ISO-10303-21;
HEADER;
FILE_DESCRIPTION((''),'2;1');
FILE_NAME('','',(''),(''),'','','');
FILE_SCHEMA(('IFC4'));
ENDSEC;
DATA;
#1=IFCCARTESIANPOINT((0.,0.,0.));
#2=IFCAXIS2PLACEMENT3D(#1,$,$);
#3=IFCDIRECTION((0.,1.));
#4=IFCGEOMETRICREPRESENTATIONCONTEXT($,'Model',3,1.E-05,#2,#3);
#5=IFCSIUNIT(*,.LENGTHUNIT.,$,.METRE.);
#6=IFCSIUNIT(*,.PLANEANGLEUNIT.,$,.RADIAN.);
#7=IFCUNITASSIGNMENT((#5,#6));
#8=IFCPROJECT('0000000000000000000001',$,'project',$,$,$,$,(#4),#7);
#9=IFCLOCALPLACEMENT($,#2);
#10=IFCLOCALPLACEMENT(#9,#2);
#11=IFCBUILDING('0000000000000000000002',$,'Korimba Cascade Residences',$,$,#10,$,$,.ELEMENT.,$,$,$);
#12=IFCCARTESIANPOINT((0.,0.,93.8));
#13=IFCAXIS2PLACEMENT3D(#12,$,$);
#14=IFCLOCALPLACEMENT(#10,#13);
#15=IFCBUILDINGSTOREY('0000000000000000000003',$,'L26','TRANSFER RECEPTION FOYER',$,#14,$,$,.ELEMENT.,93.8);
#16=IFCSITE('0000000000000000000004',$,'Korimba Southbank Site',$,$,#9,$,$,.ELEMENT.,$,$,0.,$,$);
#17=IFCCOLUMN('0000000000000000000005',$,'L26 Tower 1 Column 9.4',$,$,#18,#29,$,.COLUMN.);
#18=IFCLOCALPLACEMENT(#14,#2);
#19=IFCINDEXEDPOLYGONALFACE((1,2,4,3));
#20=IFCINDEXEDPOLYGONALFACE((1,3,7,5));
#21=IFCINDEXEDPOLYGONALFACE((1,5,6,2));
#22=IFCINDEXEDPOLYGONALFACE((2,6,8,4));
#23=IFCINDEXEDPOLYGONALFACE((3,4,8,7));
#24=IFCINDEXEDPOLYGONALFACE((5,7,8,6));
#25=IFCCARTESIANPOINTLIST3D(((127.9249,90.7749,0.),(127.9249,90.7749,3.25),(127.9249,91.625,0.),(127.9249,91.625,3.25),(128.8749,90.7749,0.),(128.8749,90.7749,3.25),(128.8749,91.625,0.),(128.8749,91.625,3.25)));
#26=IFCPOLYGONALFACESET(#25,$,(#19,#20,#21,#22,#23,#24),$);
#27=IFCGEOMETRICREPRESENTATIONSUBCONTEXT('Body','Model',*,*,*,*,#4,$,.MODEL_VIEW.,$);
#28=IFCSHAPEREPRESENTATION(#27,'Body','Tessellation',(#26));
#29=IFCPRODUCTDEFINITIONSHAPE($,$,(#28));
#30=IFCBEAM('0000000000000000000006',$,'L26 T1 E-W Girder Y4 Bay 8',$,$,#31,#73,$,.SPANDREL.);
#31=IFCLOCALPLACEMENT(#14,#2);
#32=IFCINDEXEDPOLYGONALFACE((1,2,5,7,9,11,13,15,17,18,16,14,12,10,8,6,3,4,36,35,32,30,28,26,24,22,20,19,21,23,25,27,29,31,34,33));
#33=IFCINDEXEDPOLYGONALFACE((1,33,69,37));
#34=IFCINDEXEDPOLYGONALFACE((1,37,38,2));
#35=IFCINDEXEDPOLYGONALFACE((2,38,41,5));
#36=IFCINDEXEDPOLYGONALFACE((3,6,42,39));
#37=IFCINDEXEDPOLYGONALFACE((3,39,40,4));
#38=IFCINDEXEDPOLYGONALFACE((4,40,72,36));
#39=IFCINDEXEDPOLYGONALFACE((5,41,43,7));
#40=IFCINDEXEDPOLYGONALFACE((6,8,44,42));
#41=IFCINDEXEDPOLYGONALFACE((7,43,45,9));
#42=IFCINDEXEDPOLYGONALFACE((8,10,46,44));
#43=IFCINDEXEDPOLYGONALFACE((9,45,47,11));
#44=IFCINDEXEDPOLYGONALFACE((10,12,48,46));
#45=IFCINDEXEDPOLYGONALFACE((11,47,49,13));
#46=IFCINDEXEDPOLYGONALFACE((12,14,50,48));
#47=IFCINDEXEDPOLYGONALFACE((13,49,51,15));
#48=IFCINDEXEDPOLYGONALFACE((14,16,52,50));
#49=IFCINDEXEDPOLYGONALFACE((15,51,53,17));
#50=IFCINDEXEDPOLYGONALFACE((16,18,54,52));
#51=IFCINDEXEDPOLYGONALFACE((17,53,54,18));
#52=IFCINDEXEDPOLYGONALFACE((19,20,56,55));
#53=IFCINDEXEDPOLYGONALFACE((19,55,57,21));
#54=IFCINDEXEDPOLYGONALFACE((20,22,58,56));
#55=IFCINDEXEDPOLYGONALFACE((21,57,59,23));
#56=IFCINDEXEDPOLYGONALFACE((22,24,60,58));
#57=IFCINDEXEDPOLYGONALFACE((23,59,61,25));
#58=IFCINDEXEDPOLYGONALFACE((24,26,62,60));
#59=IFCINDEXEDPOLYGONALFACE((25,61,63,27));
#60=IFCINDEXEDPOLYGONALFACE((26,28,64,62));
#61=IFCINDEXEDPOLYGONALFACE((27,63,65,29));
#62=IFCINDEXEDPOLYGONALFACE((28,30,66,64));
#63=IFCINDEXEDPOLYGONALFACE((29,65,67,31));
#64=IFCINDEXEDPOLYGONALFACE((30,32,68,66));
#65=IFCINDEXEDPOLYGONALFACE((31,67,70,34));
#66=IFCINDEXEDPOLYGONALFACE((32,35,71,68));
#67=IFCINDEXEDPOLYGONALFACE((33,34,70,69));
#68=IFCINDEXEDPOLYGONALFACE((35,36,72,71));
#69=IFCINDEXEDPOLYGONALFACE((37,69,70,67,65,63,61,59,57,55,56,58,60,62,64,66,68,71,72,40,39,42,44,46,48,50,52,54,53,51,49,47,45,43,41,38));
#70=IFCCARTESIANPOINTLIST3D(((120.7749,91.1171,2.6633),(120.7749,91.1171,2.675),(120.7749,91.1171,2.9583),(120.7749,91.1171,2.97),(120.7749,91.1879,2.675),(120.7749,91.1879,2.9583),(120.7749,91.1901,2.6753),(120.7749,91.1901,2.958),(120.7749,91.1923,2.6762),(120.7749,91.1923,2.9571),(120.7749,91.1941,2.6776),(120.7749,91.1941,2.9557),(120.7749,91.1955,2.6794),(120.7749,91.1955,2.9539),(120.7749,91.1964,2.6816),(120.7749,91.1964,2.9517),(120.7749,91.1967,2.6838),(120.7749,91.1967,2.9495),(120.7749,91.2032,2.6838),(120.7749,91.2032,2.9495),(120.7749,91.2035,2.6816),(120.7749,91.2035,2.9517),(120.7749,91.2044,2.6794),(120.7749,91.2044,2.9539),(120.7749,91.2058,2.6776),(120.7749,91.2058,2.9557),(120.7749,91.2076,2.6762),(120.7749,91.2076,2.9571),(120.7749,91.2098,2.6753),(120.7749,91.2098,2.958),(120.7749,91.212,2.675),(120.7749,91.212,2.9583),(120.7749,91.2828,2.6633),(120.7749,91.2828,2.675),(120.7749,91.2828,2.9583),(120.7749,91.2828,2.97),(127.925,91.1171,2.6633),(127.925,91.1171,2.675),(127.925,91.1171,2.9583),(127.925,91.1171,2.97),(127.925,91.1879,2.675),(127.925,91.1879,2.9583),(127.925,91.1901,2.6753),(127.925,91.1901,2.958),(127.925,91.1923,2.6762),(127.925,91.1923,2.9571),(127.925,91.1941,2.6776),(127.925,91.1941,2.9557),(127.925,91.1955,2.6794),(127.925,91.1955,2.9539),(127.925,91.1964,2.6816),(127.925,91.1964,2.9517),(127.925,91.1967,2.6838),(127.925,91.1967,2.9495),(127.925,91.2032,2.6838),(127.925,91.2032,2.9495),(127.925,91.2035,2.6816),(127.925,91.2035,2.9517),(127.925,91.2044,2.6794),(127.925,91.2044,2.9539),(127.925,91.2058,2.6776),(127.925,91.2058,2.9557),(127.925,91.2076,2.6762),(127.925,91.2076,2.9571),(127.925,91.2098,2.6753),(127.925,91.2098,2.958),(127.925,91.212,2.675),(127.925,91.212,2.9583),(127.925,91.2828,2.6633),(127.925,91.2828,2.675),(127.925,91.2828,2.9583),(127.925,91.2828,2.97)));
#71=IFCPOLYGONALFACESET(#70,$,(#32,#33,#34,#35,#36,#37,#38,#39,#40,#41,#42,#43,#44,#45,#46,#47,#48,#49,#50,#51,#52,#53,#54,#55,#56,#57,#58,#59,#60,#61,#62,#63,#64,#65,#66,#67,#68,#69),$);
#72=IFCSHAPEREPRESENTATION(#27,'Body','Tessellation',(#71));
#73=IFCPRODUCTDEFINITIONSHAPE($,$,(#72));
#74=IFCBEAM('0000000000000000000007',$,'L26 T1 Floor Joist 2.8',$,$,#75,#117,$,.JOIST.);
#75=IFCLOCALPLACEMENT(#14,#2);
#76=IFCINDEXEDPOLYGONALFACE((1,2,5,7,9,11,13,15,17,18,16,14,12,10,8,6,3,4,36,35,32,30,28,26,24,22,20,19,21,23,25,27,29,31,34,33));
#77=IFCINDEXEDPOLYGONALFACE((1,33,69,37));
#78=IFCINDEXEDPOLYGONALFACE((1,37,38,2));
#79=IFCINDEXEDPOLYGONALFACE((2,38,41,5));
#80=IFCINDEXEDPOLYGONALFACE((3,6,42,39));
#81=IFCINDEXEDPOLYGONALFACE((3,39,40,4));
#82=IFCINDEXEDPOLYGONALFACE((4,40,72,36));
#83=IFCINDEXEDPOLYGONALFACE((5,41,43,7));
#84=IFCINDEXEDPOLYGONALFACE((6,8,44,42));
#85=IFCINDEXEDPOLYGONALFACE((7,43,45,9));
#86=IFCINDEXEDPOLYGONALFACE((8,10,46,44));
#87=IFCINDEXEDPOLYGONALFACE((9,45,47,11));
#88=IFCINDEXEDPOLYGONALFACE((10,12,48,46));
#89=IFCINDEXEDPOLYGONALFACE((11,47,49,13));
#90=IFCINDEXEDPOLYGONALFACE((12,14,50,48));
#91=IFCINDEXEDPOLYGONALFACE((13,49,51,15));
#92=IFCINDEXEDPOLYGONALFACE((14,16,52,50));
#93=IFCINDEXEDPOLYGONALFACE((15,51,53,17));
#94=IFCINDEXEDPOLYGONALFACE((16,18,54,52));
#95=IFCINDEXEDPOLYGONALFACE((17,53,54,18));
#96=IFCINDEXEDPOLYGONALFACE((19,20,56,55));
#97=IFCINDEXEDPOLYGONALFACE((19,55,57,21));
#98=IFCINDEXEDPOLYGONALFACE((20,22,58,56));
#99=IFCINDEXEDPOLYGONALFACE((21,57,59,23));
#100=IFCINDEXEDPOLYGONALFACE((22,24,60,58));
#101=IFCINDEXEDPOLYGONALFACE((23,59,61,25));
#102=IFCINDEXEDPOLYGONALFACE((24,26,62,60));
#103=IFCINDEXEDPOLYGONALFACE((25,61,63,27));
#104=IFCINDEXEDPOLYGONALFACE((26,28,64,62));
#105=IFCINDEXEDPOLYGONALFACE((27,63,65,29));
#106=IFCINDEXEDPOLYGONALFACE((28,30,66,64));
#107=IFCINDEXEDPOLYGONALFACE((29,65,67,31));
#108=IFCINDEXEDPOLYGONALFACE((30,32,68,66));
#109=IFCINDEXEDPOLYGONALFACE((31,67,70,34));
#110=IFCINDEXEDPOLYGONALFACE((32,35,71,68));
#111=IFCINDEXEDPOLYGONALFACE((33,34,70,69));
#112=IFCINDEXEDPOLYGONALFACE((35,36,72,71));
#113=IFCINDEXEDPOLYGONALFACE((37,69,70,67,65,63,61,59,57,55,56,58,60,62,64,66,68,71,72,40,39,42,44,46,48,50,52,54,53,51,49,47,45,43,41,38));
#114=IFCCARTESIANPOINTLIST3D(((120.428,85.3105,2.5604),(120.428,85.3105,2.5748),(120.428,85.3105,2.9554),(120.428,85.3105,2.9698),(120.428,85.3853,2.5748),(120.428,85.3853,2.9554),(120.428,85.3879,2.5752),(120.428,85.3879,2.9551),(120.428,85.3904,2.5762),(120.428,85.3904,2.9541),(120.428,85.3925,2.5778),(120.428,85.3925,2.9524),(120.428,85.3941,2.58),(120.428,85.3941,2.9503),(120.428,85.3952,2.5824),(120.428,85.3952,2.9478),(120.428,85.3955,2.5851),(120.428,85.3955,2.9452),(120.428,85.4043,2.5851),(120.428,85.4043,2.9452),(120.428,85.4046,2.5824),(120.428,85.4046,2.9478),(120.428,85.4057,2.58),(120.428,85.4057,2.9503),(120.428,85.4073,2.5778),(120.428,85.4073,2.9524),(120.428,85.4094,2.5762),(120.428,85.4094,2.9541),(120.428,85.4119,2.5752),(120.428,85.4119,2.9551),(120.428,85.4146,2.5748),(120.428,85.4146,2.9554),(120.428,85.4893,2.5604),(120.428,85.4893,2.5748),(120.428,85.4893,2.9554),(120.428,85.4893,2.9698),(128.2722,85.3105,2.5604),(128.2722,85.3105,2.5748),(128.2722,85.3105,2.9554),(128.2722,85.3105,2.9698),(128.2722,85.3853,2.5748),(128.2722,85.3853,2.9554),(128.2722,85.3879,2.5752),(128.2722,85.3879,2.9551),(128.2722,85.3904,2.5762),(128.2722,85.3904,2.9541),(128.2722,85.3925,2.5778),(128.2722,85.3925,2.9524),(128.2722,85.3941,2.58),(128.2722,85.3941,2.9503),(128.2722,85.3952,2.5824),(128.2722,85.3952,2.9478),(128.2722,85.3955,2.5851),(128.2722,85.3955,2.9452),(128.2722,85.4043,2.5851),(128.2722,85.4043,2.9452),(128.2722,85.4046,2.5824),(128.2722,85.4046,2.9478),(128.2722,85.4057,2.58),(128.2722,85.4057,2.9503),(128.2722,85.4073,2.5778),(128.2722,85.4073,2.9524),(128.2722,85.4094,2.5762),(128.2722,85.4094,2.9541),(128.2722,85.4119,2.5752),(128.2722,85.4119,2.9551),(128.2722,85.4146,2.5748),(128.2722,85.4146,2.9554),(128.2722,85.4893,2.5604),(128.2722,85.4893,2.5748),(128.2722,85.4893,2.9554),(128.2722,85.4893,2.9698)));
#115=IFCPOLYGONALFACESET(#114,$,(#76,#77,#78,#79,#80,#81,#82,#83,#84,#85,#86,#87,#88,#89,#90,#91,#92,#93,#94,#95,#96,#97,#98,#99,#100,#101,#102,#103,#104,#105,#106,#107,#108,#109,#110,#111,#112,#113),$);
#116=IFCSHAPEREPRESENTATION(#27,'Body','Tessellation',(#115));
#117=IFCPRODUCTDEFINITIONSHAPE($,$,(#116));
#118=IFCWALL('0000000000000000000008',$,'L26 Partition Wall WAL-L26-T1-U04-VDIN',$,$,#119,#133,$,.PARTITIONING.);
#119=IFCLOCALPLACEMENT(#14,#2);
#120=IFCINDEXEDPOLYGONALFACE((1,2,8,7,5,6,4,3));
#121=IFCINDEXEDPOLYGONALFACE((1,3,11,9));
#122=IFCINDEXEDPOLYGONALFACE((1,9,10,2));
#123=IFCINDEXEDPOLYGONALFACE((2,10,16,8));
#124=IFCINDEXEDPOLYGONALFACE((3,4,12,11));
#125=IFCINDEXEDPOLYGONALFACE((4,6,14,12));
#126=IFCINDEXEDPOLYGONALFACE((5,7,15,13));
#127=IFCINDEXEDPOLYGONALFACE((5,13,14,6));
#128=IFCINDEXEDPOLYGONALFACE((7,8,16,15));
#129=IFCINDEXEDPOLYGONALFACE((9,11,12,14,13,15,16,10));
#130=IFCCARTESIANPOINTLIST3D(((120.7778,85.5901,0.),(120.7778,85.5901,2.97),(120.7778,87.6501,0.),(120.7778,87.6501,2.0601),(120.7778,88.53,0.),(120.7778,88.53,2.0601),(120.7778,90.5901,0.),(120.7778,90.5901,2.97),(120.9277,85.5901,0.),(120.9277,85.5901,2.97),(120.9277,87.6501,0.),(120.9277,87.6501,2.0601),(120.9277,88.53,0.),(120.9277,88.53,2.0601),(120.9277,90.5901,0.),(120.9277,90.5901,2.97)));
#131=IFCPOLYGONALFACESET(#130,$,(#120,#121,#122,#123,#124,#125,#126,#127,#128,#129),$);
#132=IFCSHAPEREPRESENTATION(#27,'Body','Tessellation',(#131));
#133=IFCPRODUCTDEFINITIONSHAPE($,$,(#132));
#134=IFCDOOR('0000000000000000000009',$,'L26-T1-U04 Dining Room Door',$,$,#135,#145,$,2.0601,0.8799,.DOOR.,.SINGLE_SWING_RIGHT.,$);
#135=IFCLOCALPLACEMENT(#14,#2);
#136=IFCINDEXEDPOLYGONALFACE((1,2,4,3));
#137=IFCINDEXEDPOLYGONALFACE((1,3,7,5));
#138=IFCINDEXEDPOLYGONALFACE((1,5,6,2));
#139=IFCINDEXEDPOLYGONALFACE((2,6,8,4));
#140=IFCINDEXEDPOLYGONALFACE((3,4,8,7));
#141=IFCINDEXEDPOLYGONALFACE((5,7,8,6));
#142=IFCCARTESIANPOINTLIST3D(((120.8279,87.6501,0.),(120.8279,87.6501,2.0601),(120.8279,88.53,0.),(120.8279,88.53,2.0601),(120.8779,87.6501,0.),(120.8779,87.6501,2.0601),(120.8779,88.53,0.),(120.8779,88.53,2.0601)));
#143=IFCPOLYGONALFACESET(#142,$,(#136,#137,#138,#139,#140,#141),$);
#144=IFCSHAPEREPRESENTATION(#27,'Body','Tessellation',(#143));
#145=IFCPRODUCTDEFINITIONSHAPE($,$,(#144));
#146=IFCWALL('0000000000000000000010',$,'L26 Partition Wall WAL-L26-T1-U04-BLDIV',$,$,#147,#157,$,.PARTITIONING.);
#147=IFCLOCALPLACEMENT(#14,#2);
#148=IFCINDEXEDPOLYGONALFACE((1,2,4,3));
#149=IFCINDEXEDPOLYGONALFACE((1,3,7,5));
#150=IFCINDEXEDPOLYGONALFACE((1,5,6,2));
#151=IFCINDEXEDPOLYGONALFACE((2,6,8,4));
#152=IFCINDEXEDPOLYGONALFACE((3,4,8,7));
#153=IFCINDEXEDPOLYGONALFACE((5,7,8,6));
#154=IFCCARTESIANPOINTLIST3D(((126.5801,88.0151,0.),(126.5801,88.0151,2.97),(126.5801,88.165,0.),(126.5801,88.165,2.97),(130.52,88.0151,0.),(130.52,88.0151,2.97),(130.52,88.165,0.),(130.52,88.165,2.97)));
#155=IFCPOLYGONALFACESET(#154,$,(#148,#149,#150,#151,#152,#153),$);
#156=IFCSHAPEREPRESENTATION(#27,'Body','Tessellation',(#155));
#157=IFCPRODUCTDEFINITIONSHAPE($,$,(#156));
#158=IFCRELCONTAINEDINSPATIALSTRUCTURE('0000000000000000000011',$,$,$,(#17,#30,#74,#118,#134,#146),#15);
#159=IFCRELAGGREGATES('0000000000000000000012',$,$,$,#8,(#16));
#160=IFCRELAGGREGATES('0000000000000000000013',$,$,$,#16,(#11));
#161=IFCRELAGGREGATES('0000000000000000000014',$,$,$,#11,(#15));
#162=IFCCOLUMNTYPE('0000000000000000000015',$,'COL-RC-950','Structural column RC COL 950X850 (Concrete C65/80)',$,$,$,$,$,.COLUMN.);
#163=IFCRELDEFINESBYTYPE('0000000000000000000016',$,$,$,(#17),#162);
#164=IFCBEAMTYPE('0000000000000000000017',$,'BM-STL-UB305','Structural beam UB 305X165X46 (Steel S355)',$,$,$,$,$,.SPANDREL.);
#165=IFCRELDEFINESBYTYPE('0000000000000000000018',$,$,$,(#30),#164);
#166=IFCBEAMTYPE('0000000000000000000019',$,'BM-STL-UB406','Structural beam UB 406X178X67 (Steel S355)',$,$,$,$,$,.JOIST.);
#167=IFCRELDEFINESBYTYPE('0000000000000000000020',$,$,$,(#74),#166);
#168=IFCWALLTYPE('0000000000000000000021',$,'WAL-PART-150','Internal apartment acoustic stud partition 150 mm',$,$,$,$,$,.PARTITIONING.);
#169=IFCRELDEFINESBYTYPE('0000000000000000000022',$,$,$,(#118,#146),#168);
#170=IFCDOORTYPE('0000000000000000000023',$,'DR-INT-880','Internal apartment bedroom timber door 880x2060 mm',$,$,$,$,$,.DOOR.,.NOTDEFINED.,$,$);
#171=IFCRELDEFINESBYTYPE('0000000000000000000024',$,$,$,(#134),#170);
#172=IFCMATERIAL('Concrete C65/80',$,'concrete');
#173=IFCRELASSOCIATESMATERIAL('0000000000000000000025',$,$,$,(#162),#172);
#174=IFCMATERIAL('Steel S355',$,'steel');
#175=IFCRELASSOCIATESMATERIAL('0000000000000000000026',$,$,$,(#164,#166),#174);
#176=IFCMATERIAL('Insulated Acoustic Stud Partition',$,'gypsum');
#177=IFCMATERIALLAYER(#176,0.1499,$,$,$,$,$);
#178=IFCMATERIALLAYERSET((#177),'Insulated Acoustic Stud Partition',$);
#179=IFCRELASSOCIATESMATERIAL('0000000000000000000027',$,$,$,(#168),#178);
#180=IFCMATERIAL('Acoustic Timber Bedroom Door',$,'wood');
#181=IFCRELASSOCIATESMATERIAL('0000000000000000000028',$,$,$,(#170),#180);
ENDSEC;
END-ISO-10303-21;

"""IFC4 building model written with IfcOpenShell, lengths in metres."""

from ifc_helpers import new_model, si_unit, direction, frame, frame_2d, origin, origin_2d, place, context, subcontext, project, spatial, rectangle, i_section, extrude, material, layer, layer_set, material_profile, profile_set, type_object, element, fill, save


model = new_model("IFC4")

# Units and contexts
model_context = context("Model", 3, precision=1e-05, world=origin(), true_north=direction((0.0, 1.0)))
body_context = subcontext(model_context, "Body", "Model", "MODEL_VIEW")
ifc_project = project(units=[si_unit("LENGTHUNIT", "METRE"), si_unit("PLANEANGLEUNIT", "RADIAN")], contexts=[model_context])

# Site, building, storey
site_placement = place(None, origin())
site = spatial("IfcSite", under=ifc_project, at=site_placement, Name="Korimba Southbank Site", CompositionType="ELEMENT", RefElevation=0.0)
building_placement = place(site_placement, origin())
building = spatial("IfcBuilding", under=site, at=building_placement, Name="Korimba Cascade Residences", CompositionType="ELEMENT")
storey_placement = place(building_placement, frame((0.0, 0.0, 93.8)))
storey = spatial("IfcBuildingStorey", under=building, at=storey_placement, Name="L26", Description="TRANSFER RECEPTION FOYER", CompositionType="ELEMENT", Elevation=93.8)

# Column
ifc_material_1 = material(Name="Concrete C65/80", Category="concrete")
ifc_material_profile_1 = material_profile(ifc_material_1, rectangle(XDim=0.95, YDim=0.8501, at=origin_2d()), Name="Concrete C65/80")
ifc_profile_set_1 = profile_set([ifc_material_profile_1], Name="Concrete C65/80")
column_type = type_object("IfcColumnType", Name="COL-RC-950", Description="Structural column RC COL 950X850 (Concrete C65/80)", PredefinedType="COLUMN", material=ifc_profile_set_1)
column_placement = place(storey_placement, frame((128.3999, 91.2, 0.0), z_axis=(0.0, 0.0, 1.0), x_axis=(1.0, 0.0, 0.0)))
element("IfcColumn", 1, at=column_placement, inside=storey, type_object=column_type, Name="L26 Tower 1 Column 9.4", PredefinedType="COLUMN", context=body_context, shape_type="SweptSolid", body=[
    extrude(rectangle(XDim=0.95, YDim=0.8501, at=origin_2d()), origin(), (0.0, 0.0, 1.0), 3.25),
])

# Beams
ifc_material_2 = material(Name="Steel S355", Category="steel")
ifc_material_profile_2 = material_profile(ifc_material_2, i_section(OverallWidth=0.1658, OverallDepth=0.3066, WebThickness=0.0066, FlangeThickness=0.0117, FilletRadius=0.0088, at=origin_2d()), Name="Steel S355")
ifc_profile_set_2 = profile_set([ifc_material_profile_2], Name="Steel S355")
beam_type_1 = type_object("IfcBeamType", Name="BM-STL-UB305", Description="Structural beam UB 305X165X46 (Steel S355)", PredefinedType="SPANDREL", material=ifc_profile_set_2)
beam_1_placement = place(storey_placement, frame((120.7749, 91.2, 2.8167), z_axis=(1.0, 0.0, 0.0), x_axis=(0.0, 1.0, 0.0)))
element("IfcBeam", 2, at=beam_1_placement, inside=storey, type_object=beam_type_1, Name="L26 T1 E-W Girder Y4 Bay 8", PredefinedType="SPANDREL", context=body_context, shape_type="SweptSolid", body=[
    extrude(i_section(OverallWidth=0.1658, OverallDepth=0.3066, WebThickness=0.0066, FlangeThickness=0.0117, FilletRadius=0.0088, at=origin_2d()), origin(), (0.0, 0.0, 1.0), 7.1501),
])
ifc_material_profile_3 = material_profile(ifc_material_2, i_section(OverallWidth=0.1787, OverallDepth=0.4094, WebThickness=0.0088, FlangeThickness=0.0144, FilletRadius=0.0103, at=origin_2d()), Name="Steel S355")
ifc_profile_set_3 = profile_set([ifc_material_profile_3], Name="Steel S355")
beam_type_2 = type_object("IfcBeamType", Name="BM-STL-UB406", Description="Structural beam UB 406X178X67 (Steel S355)", PredefinedType="JOIST", material=ifc_profile_set_3)
beam_2_placement = place(storey_placement, frame((120.428, 85.3999, 2.7651), z_axis=(1.0, 0.0, 0.0), x_axis=(0.0, 1.0, 0.0)))
element("IfcBeam", 3, at=beam_2_placement, inside=storey, type_object=beam_type_2, Name="L26 T1 Floor Joist 2.8", PredefinedType="JOIST", context=body_context, shape_type="SweptSolid", body=[
    extrude(i_section(OverallWidth=0.1787, OverallDepth=0.4094, WebThickness=0.0088, FlangeThickness=0.0144, FilletRadius=0.0103, at=origin_2d()), origin(), (0.0, 0.0, 1.0), 7.8442),
])

# Wall, opening, door
ifc_material_3 = material(Name="Insulated Acoustic Stud Partition", Category="gypsum")
ifc_layer = layer(ifc_material_3, 0.1499)
ifc_layer_set = layer_set([ifc_layer], Name="Insulated Acoustic Stud Partition")
wall_type = type_object("IfcWallType", Name="WAL-PART-150", Description="Internal apartment acoustic stud partition 150 mm", PredefinedType="PARTITIONING", material=ifc_layer_set)
wall_1_placement = place(storey_placement, frame((120.8528, 85.5901, 0.0), z_axis=(0.0, 0.0, 1.0), x_axis=(0.0, 1.0, 0.0)))
wall_1 = element("IfcWall", 4, at=wall_1_placement, inside=storey, type_object=wall_type, Name="L26 Partition Wall WAL-L26-T1-U04-VDIN", PredefinedType="PARTITIONING", context=body_context, shape_type="SweptSolid", body=[
    extrude(rectangle(XDim=5.0, YDim=0.1499, at=frame_2d((2.5, 0.0))), origin(), (0.0, 0.0, 1.0), 2.97),
])
opening_1_placement = place(wall_1_placement, frame((2.0601, 0.0, 0.0)))
opening_1 = element("IfcOpeningElement", 5, at=opening_1_placement, cuts=wall_1, PredefinedType="OPENING", context=body_context, shape_type="SweptSolid", body=[
    extrude(rectangle(XDim=0.8799, YDim=2.0601, at=frame_2d((0.4399, 1.03))), frame((0.0, 0.085, 0.0), z_axis=(0.0, -1.0, 0.0), x_axis=(1.0, 0.0, 0.0)), (0.0, 0.0, 1.0), 0.1699),
])
ifc_material_4 = material(Name="Acoustic Timber Bedroom Door", Category="wood")
door_type_1 = type_object("IfcDoorType", Name="DR-INT-880", Description="Internal apartment bedroom timber door 880x2060 mm", OperationType="NOTDEFINED", PredefinedType="DOOR", material=ifc_material_4)
door_1_placement = place(opening_1_placement, origin())
door_1 = element("IfcDoor", 6, at=door_1_placement, inside=storey, type_object=door_type_1, Name="L26-T1-U04 Dining Room Door", OperationType="SINGLE_SWING_RIGHT", OverallHeight=2.0601, OverallWidth=0.8799, PredefinedType="DOOR", context=body_context, shape_type="SweptSolid", body=[
    extrude(rectangle(XDim=0.8799, YDim=2.0601, at=frame_2d((0.4399, 1.03))), frame((0.0, 0.0249, 0.0), z_axis=(0.0, -1.0, 0.0), x_axis=(1.0, 0.0, 0.0)), (0.0, 0.0, 1.0), 0.05),
])
fill(opening_1, door_1)

# Wall
wall_2_placement = place(storey_placement, frame((126.5801, 88.0901, 0.0), z_axis=(0.0, 0.0, 1.0), x_axis=(1.0, 0.0, 0.0)))
element("IfcWall", 7, at=wall_2_placement, inside=storey, type_object=wall_type, Name="L26 Partition Wall WAL-L26-T1-U04-BLDIV", PredefinedType="PARTITIONING", context=body_context, shape_type="SweptSolid", body=[
    extrude(rectangle(XDim=3.9399, YDim=0.1499, at=frame_2d((1.97, 0.0))), origin(), (0.0, 0.0, 1.0), 2.97),
])

save(model, "model.ifc")
